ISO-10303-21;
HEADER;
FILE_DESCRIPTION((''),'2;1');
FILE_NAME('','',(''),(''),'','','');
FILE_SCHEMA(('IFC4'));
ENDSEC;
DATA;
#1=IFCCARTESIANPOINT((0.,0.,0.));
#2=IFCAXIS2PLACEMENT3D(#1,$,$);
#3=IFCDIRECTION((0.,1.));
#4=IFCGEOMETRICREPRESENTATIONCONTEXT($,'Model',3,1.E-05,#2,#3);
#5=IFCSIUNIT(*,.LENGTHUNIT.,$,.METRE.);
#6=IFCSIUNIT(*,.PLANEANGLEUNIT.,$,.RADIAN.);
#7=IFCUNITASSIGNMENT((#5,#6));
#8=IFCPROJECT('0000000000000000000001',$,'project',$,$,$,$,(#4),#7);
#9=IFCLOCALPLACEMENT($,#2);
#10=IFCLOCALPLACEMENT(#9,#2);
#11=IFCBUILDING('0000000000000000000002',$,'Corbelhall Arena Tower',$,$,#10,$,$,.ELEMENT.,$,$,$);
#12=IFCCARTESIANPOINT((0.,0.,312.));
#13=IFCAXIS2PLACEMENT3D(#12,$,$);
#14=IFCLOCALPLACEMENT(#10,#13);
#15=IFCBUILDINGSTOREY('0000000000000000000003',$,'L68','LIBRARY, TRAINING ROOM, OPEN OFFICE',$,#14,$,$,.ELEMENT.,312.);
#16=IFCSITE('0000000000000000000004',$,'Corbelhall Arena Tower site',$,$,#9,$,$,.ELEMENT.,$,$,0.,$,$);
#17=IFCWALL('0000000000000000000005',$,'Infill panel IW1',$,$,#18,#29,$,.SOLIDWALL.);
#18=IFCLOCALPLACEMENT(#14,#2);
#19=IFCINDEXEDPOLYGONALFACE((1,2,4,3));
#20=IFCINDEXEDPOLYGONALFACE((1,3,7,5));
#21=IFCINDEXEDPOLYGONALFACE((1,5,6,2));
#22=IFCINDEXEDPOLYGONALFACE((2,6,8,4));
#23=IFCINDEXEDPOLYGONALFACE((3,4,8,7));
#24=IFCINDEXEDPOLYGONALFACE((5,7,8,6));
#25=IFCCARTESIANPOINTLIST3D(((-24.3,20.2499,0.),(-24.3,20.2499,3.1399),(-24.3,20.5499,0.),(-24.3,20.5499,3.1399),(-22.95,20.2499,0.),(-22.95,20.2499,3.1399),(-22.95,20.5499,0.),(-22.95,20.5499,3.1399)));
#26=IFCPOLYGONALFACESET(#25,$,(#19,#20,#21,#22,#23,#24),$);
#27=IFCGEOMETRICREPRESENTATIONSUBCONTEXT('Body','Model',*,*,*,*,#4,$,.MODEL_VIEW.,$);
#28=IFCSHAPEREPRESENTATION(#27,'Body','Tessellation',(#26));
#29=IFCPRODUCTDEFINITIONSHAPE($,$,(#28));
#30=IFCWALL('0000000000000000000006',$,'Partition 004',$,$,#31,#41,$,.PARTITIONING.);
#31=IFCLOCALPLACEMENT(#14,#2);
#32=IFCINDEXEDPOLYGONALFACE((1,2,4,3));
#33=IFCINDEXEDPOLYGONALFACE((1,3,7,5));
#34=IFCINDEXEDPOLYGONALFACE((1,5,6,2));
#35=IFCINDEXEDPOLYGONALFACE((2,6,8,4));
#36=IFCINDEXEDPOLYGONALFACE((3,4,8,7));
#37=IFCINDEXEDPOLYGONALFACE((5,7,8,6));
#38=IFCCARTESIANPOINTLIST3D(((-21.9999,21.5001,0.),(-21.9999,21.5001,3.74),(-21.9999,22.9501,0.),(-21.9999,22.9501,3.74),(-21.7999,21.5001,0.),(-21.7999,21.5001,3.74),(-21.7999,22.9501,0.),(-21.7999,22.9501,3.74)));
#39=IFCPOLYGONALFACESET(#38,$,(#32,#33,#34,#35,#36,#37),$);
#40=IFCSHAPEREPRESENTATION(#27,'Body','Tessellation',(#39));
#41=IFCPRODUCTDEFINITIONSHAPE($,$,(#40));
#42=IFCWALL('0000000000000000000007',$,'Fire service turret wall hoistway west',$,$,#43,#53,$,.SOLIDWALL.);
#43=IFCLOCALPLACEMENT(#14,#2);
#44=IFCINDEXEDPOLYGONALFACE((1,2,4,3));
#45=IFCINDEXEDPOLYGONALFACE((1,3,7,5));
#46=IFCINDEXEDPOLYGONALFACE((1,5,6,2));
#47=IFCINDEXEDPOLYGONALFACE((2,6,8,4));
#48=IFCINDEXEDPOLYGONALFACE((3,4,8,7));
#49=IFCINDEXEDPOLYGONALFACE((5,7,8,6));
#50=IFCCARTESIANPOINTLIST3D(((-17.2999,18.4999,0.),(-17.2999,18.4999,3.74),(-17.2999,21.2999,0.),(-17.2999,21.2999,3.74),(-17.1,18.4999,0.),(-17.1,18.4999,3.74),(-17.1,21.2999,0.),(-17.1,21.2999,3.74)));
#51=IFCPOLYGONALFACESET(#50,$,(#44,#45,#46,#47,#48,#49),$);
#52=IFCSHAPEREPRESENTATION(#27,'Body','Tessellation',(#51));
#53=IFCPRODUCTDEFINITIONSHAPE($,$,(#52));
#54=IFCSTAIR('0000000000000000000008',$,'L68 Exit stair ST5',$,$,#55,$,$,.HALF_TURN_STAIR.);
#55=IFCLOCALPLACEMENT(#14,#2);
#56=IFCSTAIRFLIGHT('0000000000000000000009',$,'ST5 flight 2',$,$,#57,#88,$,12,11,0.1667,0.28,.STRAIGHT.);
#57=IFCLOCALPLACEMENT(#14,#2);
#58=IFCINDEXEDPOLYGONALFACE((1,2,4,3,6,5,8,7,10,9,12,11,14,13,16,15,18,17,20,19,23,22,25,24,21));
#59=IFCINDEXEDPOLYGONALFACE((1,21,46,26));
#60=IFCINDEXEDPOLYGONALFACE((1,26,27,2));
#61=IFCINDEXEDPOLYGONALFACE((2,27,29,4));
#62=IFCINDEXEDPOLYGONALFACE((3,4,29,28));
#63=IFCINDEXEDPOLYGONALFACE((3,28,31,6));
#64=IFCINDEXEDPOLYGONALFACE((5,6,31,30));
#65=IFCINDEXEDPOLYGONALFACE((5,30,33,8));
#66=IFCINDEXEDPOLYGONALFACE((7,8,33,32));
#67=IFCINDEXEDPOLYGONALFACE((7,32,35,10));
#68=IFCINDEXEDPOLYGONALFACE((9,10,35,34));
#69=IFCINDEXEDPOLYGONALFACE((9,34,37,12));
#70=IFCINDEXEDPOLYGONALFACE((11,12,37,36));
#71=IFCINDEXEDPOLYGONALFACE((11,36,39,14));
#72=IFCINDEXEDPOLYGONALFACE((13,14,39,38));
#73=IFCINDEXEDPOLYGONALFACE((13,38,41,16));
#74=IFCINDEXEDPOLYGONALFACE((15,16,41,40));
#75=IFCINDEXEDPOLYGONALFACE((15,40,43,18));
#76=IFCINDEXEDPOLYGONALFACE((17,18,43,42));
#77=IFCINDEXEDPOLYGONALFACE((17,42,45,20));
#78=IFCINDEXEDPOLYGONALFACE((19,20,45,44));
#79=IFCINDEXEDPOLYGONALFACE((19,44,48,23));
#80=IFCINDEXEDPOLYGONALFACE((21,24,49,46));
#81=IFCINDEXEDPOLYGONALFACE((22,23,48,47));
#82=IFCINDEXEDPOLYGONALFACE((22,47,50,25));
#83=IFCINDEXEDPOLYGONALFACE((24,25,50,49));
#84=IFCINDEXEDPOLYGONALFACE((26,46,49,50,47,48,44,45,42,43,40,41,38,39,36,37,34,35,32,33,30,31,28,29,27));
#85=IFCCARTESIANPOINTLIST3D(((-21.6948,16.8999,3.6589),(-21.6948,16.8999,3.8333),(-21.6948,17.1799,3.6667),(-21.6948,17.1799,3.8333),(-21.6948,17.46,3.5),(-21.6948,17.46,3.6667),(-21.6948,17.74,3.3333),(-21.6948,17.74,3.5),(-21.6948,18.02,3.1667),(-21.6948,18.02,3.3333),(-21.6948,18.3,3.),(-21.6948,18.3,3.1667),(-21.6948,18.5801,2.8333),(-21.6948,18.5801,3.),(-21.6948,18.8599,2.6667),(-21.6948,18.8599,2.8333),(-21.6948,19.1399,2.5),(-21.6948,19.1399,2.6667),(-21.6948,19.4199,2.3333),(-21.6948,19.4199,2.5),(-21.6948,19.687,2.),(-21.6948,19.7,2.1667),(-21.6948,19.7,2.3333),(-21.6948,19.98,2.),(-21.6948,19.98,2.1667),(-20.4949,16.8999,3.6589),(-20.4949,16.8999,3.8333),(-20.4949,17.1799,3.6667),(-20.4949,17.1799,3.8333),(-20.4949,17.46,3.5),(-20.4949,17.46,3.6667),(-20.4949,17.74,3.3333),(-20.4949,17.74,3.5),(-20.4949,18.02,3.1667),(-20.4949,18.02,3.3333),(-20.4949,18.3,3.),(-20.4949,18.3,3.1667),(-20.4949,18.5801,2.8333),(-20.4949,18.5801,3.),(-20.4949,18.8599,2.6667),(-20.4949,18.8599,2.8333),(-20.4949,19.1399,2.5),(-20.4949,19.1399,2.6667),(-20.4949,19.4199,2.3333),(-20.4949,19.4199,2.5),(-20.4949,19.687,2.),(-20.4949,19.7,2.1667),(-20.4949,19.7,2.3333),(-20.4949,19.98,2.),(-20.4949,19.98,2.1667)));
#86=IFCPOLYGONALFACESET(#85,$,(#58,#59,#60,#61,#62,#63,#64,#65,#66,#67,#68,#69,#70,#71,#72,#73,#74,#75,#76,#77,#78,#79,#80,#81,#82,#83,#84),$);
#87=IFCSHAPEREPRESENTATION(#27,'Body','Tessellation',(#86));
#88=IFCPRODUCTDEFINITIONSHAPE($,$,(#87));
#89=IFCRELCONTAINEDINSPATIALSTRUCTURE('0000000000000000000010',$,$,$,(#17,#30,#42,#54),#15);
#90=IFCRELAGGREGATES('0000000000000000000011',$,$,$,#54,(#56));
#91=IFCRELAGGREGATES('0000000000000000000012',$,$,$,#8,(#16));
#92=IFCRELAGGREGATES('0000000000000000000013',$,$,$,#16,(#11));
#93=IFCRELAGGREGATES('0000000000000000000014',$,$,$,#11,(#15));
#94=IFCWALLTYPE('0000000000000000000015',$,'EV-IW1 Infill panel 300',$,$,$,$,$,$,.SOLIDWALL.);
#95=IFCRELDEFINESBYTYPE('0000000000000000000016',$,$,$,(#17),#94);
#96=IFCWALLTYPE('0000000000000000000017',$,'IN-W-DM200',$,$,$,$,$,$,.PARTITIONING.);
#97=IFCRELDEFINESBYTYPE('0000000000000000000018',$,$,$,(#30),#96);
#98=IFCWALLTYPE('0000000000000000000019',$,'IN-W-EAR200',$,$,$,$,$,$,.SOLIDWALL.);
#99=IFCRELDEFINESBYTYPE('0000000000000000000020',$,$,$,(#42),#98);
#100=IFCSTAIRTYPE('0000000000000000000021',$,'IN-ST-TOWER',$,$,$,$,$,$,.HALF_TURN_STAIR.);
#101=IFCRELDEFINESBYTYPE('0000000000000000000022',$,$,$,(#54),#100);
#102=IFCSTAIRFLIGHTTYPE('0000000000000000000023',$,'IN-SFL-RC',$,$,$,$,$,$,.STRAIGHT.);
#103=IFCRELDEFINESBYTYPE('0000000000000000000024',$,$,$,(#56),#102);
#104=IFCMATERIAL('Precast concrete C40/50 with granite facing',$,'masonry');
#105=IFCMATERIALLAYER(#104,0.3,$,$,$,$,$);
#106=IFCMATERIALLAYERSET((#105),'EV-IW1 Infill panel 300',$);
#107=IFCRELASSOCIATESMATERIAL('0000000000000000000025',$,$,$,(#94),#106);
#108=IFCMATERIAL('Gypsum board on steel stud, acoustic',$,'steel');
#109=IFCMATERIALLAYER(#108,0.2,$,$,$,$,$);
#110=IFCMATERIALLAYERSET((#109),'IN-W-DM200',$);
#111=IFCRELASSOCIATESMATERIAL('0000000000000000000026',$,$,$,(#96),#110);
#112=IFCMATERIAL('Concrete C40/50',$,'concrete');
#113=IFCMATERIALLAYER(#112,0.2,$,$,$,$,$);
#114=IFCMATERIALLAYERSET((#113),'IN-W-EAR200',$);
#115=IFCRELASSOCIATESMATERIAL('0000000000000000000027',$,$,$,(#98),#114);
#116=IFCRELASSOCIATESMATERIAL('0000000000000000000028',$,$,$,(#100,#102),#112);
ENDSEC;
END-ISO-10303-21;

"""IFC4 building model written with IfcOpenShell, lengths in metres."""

from ifc_helpers import new_model, si_unit, direction, frame, frame_2d, origin, place, context, subcontext, project, spatial, polyline, rectangle, outline, extrude, material, layer, layer_set, type_object, element, aggregate, save


model = new_model("IFC4")

# Units and contexts
model_context = context("Model", 3, precision=1e-05, world=origin(), true_north=direction((0.0, 1.0)))
body_context = subcontext(model_context, "Body", "Model", "MODEL_VIEW")
ifc_project = project(units=[si_unit("LENGTHUNIT", "METRE"), si_unit("PLANEANGLEUNIT", "RADIAN")], contexts=[model_context])

# Site, building, storey
site_placement = place(None, origin())
site = spatial("IfcSite", under=ifc_project, at=site_placement, Name="Corbelhall Arena Tower site", CompositionType="ELEMENT", RefElevation=0.0)
building_placement = place(site_placement, origin())
building = spatial("IfcBuilding", under=site, at=building_placement, Name="Corbelhall Arena Tower", CompositionType="ELEMENT")
storey_placement = place(building_placement, frame((0.0, 0.0, 312.0)))
storey = spatial("IfcBuildingStorey", under=building, at=storey_placement, Name="L68", Description="LIBRARY, TRAINING ROOM, OPEN OFFICE", CompositionType="ELEMENT", Elevation=312.0)

# Shared definitions
ifc_material_1 = material(Name="Precast concrete C40/50 with granite facing", Category="masonry")
ifc_layer_1 = layer(ifc_material_1, 0.3)
ifc_layer_set_1 = layer_set([ifc_layer_1], Name="EV-IW1 Infill panel 300")
wall_type_1 = type_object("IfcWallType", Name="EV-IW1 Infill panel 300", PredefinedType="SOLIDWALL", material=ifc_layer_set_1)

# Walls
wall_1_placement = place(storey_placement, frame((-22.95, 20.3999, 0.0), z_axis=(0.0, 0.0, 1.0), x_axis=(-1.0, 0.0, 0.0)))
element("IfcWall", 1, at=wall_1_placement, inside=storey, type_object=wall_type_1, Name="Infill panel IW1", PredefinedType="SOLIDWALL", context=body_context, shape_type="SweptSolid", body=[
    extrude(rectangle(XDim=1.3501, YDim=0.3, at=frame_2d((0.675, 0.0))), origin(), (0.0, 0.0, 1.0), 3.1399),
])
ifc_material_2 = material(Name="Gypsum board on steel stud, acoustic", Category="steel")
ifc_layer_2 = layer(ifc_material_2, 0.2)
ifc_layer_set_2 = layer_set([ifc_layer_2], Name="IN-W-DM200")
wall_type_2 = type_object("IfcWallType", Name="IN-W-DM200", PredefinedType="PARTITIONING", material=ifc_layer_set_2)
wall_2_placement = place(storey_placement, frame((-21.8999, 21.5, 0.0), z_axis=(0.0, 0.0, 1.0), x_axis=(0.0, 1.0, 0.0)))
element("IfcWall", 2, at=wall_2_placement, inside=storey, type_object=wall_type_2, Name="Partition 004", PredefinedType="PARTITIONING", context=body_context, shape_type="SweptSolid", body=[
    extrude(rectangle(XDim=1.45, YDim=0.2, at=frame_2d((0.7251, 0.0))), origin(), (0.0, 0.0, 1.0), 3.74),
])

# Shared definitions
ifc_material_3 = material(Name="Concrete C40/50", Category="concrete")
ifc_layer_3 = layer(ifc_material_3, 0.2)
ifc_layer_set_3 = layer_set([ifc_layer_3], Name="IN-W-EAR200")
wall_type_3 = type_object("IfcWallType", Name="IN-W-EAR200", PredefinedType="SOLIDWALL", material=ifc_layer_set_3)

# Wall
wall_3_placement = place(storey_placement, frame((-17.2, 18.5, 0.0), z_axis=(0.0, 0.0, 1.0), x_axis=(0.0, 1.0, 0.0)))
element("IfcWall", 3, at=wall_3_placement, inside=storey, type_object=wall_type_3, Name="Fire service turret wall hoistway west", PredefinedType="SOLIDWALL", context=body_context, shape_type="SweptSolid", body=[
    extrude(rectangle(XDim=2.8, YDim=0.2, at=frame_2d((1.3999, 0.0))), origin(), (0.0, 0.0, 1.0), 3.74),
])

# Stair, stair flight
stair_type = type_object("IfcStairType", Name="IN-ST-TOWER", PredefinedType="HALF_TURN_STAIR", material=ifc_material_3)
stair_placement = place(storey_placement, origin())
stair = element("IfcStair", 4, at=stair_placement, inside=storey, type_object=stair_type, Name="L68 Exit stair ST5", PredefinedType="HALF_TURN_STAIR")
stair_flight_type = type_object("IfcStairFlightType", Name="IN-SFL-RC", PredefinedType="STRAIGHT", material=ifc_material_3)
stair_flight_placement = place(storey_placement, frame((-21.095, 19.98, 2.0), z_axis=(0.0, 0.0, 1.0), x_axis=(0.0, -1.0, 0.0)))
stair_flight = element("IfcStairFlight", 5, at=stair_flight_placement, type_object=stair_flight_type, Name="ST5 flight 2", NumberOfRisers=12, NumberOfTreads=11, PredefinedType="STRAIGHT", RiserHeight=0.1667, TreadLength=0.28, context=body_context, shape_type="SweptSolid", body=[
    extrude(outline(polyline([(0.0, 0.0), (0.0, 0.1667), (0.28, 0.1667), (0.28, 0.3333), (0.5601, 0.3333), (0.5601, 0.5), (0.8401, 0.5), (0.8401, 0.6667), (1.1201, 0.6667), (1.1201, 0.8333), (1.3999, 0.8333), (1.3999, 1.0), (1.6799, 1.0), (1.6799, 1.1667), (1.96, 1.1667), (1.96, 1.3333), (2.24, 1.3333), (2.24, 1.5), (2.52, 1.5), (2.52, 1.6667), (2.8, 1.6667), (2.8, 1.8333), (3.0801, 1.8333), (3.0801, 2.0), (3.0801, 1.6589), (0.293, 0.0), (0.0, 0.0)])), frame((0.0, 0.6001, 0.0), z_axis=(0.0, -1.0, 0.0), x_axis=(1.0, 0.0, 0.0)), (0.0, 0.0, 1.0), 1.2),
])
aggregate(stair, [stair_flight])

save(model, "model.ifc")
